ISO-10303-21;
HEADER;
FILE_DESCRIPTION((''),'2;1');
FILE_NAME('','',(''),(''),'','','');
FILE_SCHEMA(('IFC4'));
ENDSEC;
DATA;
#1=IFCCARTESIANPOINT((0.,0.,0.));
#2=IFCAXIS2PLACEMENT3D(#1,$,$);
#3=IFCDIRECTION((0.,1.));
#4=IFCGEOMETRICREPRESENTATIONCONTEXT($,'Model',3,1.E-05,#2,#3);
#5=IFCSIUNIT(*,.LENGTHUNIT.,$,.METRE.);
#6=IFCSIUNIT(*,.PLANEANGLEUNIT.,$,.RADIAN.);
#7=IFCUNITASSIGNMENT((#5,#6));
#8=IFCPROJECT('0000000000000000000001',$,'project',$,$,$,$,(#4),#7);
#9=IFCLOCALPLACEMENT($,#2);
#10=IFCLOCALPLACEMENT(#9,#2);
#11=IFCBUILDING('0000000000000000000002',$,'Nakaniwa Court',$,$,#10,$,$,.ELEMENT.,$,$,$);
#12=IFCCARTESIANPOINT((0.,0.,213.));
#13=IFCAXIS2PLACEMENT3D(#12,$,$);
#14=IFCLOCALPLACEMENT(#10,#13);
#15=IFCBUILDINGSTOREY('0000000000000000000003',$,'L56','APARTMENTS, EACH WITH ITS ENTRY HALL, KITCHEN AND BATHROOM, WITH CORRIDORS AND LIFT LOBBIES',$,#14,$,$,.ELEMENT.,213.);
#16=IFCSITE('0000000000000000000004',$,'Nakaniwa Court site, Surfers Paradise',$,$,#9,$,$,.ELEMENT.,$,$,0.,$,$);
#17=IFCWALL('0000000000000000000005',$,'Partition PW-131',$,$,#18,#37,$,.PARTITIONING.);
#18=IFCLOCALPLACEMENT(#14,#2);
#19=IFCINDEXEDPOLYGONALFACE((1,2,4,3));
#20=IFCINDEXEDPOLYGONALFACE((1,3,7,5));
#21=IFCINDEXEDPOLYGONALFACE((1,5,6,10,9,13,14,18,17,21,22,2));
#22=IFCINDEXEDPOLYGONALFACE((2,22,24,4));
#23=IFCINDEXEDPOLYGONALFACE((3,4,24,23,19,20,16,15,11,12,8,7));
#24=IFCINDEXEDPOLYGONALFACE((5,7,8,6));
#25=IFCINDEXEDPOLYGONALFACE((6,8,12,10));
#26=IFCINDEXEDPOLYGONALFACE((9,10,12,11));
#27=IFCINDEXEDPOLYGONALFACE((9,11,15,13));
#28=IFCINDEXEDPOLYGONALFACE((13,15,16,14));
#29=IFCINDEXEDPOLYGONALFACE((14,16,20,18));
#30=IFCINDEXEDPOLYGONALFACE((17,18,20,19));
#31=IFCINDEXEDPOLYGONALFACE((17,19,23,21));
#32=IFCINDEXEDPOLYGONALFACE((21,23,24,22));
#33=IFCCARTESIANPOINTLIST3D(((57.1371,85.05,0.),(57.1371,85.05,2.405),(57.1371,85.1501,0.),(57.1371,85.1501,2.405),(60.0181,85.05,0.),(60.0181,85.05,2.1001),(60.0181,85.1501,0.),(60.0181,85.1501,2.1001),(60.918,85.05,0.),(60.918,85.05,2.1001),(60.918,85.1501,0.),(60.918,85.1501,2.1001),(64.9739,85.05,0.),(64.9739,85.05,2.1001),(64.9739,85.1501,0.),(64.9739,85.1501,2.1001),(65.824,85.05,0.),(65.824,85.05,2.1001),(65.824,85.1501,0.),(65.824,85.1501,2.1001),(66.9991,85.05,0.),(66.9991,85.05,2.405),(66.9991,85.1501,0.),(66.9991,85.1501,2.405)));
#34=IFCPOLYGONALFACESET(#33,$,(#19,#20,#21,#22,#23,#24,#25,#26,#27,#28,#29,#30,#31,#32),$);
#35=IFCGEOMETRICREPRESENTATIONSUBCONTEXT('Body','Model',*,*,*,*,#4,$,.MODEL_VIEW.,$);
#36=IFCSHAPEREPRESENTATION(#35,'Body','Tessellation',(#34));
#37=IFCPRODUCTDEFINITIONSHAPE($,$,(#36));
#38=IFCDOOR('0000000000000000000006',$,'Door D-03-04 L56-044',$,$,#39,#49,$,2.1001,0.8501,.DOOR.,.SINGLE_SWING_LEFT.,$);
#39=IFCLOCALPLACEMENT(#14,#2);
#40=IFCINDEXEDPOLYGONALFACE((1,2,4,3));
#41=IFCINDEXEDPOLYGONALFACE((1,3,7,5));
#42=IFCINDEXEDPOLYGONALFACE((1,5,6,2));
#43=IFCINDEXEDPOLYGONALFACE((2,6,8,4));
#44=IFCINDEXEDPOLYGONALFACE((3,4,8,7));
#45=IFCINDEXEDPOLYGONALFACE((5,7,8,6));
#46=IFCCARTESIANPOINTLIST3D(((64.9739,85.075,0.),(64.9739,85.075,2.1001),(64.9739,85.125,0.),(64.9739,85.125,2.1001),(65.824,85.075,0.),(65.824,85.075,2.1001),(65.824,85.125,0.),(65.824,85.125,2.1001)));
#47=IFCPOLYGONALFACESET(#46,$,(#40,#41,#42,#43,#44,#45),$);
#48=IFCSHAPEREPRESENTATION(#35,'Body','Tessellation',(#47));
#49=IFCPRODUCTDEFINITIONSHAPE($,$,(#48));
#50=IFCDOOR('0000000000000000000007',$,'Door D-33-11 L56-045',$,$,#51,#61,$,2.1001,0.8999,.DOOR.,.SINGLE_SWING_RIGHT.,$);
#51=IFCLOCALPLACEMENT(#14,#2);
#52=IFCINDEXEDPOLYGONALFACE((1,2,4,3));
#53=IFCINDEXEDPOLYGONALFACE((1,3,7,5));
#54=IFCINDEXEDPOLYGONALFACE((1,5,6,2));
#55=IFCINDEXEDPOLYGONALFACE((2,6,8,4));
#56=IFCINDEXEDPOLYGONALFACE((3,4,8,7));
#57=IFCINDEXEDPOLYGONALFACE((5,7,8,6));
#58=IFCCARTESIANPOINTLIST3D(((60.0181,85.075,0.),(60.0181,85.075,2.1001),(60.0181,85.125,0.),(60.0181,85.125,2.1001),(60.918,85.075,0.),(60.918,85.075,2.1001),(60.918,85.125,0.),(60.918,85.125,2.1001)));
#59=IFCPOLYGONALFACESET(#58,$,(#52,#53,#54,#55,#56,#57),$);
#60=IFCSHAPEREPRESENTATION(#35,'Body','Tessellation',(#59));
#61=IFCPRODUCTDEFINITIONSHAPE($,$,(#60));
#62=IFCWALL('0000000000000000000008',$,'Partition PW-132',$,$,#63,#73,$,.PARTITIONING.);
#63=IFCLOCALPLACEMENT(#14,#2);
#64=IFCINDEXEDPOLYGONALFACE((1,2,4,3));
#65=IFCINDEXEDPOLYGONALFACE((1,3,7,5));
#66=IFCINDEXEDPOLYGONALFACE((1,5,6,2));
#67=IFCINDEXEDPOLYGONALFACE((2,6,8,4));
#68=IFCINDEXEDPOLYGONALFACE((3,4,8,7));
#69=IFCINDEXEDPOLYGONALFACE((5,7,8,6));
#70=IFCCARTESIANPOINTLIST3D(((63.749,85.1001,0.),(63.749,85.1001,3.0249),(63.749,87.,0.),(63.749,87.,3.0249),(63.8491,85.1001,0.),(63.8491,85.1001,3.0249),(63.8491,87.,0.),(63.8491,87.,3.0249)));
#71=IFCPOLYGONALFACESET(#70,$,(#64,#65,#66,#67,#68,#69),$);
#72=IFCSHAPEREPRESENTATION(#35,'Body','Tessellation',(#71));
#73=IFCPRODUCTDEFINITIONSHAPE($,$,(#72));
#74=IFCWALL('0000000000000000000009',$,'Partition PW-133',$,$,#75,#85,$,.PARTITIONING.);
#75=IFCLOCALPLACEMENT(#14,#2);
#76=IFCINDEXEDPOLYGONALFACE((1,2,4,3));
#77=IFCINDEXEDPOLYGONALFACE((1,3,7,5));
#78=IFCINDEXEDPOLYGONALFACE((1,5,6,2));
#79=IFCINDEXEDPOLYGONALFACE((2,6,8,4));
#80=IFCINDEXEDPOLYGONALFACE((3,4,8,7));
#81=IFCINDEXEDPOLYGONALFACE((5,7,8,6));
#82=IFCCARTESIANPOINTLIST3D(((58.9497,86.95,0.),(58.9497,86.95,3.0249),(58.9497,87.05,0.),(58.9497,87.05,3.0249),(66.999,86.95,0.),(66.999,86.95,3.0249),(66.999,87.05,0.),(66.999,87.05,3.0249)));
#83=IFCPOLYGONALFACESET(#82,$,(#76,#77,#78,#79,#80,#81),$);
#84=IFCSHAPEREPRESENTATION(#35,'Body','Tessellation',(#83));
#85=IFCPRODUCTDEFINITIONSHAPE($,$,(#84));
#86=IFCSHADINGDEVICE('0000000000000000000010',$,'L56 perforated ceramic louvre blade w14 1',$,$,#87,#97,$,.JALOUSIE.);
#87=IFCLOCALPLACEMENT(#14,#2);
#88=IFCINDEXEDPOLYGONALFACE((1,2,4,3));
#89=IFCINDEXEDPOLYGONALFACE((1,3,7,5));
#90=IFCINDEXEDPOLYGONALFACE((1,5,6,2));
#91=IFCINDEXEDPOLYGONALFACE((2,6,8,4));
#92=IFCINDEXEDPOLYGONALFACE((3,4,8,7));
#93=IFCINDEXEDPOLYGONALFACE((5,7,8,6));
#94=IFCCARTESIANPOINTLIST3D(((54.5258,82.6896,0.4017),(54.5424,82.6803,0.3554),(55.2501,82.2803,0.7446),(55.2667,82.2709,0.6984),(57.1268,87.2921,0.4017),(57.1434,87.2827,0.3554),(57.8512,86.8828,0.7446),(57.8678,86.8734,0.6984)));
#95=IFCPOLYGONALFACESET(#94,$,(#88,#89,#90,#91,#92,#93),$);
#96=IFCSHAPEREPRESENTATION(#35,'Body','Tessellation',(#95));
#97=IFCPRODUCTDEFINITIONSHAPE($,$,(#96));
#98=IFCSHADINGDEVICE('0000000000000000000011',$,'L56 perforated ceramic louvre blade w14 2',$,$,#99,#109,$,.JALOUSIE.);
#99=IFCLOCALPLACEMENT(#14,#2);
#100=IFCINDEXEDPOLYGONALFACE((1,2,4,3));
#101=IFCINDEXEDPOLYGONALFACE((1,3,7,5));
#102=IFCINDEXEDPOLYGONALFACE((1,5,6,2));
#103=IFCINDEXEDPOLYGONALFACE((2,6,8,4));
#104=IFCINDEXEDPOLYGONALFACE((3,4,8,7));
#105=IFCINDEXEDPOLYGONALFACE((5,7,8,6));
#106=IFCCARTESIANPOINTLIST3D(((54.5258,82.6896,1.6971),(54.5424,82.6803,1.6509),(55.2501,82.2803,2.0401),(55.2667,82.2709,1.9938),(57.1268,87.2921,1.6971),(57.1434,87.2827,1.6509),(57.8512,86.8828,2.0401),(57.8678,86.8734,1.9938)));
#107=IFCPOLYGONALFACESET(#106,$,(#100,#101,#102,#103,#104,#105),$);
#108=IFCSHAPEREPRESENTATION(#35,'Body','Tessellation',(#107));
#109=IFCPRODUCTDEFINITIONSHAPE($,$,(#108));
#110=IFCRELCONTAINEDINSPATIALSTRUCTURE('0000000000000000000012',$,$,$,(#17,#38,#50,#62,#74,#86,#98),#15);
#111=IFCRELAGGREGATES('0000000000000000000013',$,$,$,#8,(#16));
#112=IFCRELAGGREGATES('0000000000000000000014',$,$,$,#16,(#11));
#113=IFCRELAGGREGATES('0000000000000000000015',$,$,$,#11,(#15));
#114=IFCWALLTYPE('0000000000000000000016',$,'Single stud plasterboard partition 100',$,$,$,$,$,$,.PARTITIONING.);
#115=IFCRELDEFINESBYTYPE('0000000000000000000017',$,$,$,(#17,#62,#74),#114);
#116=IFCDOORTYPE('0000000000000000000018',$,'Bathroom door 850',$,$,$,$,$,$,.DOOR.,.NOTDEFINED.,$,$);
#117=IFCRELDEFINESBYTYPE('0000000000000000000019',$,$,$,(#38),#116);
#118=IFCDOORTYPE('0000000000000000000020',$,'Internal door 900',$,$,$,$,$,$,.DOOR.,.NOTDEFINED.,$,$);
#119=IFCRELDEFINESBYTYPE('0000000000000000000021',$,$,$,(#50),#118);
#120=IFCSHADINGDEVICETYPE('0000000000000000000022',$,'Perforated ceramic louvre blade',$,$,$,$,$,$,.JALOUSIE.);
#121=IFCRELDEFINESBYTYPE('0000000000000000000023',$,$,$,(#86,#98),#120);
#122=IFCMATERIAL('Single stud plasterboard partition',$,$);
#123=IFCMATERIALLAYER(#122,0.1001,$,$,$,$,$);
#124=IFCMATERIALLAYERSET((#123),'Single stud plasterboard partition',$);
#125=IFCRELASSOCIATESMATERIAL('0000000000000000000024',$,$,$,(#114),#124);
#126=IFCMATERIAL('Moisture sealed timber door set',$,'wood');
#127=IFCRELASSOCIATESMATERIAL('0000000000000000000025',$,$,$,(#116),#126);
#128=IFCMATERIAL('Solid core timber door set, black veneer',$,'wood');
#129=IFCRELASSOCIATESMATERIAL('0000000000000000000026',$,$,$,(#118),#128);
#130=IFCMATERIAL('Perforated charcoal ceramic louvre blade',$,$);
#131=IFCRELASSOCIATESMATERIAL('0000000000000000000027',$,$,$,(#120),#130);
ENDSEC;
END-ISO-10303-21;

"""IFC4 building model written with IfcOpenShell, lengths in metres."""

from ifc_helpers import new_model, si_unit, direction, frame, frame_2d, origin, origin_2d, place, context, subcontext, project, spatial, rectangle, extrude, material, layer, layer_set, material_profile, profile_set, type_object, element, fill, save


model = new_model("IFC4")

# Units and contexts
model_context = context("Model", 3, precision=1e-05, world=origin(), true_north=direction((0.0, 1.0)))
body_context = subcontext(model_context, "Body", "Model", "MODEL_VIEW")
ifc_project = project(units=[si_unit("LENGTHUNIT", "METRE"), si_unit("PLANEANGLEUNIT", "RADIAN")], contexts=[model_context])

# Site, building, storey
site_placement = place(None, origin())
site = spatial("IfcSite", under=ifc_project, at=site_placement, Name="Nakaniwa Court site, Surfers Paradise", CompositionType="ELEMENT", RefElevation=0.0)
building_placement = place(site_placement, origin())
building = spatial("IfcBuilding", under=site, at=building_placement, Name="Nakaniwa Court", CompositionType="ELEMENT")
storey_placement = place(building_placement, frame((0.0, 0.0, 213.0)))
storey = spatial("IfcBuildingStorey", under=building, at=storey_placement, Name="L56", Description="APARTMENTS, EACH WITH ITS ENTRY HALL, KITCHEN AND BATHROOM, WITH CORRIDORS AND LIFT LOBBIES", CompositionType="ELEMENT", Elevation=213.0)

# Wall, openings, doors
ifc_material_1 = material(Name="Single stud plasterboard partition")
ifc_layer_1 = layer(ifc_material_1, 0.1001)
ifc_layer_set_1 = layer_set([ifc_layer_1], Name="Single stud plasterboard partition")
wall_type_1 = type_object("IfcWallType", Name="Single stud plasterboard partition 100", PredefinedType="PARTITIONING", material=ifc_layer_set_1)
wall_1_placement = place(storey_placement, frame((57.137, 85.1001, 0.0), z_axis=(0.0, 0.0, 1.0), x_axis=(1.0, 0.0, 0.0)))
wall_1 = element("IfcWall", 1, at=wall_1_placement, inside=storey, type_object=wall_type_1, Name="Partition PW-131", PredefinedType="PARTITIONING", context=body_context, shape_type="SweptSolid", body=[
    extrude(rectangle(XDim=9.8621, YDim=0.1001, at=frame_2d((4.9312, 0.0))), origin(), (0.0, 0.0, 1.0), 2.405),
])
opening_1_placement = place(wall_1_placement, frame((7.8369, 0.0, 0.0)))
opening_1 = element("IfcOpeningElement", 2, at=opening_1_placement, cuts=wall_1, PredefinedType="OPENING", context=body_context, shape_type="SweptSolid", body=[
    extrude(rectangle(XDim=0.8501, YDim=2.1001, at=frame_2d((0.425, 1.05))), frame((0.0, 0.0601, 0.0), z_axis=(0.0, -1.0, 0.0), x_axis=(1.0, 0.0, 0.0)), (0.0, 0.0, 1.0), 0.1201),
])
opening_2_placement = place(wall_1_placement, frame((2.8811, 0.0, 0.0)))
opening_2 = element("IfcOpeningElement", 3, at=opening_2_placement, cuts=wall_1, PredefinedType="OPENING", context=body_context, shape_type="SweptSolid", body=[
    extrude(rectangle(XDim=0.8999, YDim=2.1001, at=frame_2d((0.45, 1.05))), frame((0.0, 0.0601, 0.0), z_axis=(0.0, -1.0, 0.0), x_axis=(1.0, 0.0, 0.0)), (0.0, 0.0, 1.0), 0.1201),
])
ifc_material_2 = material(Name="Moisture sealed timber door set", Category="wood")
door_type_1 = type_object("IfcDoorType", Name="Bathroom door 850", OperationType="NOTDEFINED", PredefinedType="DOOR", material=ifc_material_2)
door_1_placement = place(opening_1_placement, origin())
door_1 = element("IfcDoor", 4, at=door_1_placement, inside=storey, type_object=door_type_1, Name="Door D-03-04 L56-044", OperationType="SINGLE_SWING_LEFT", OverallHeight=2.1001, OverallWidth=0.8501, PredefinedType="DOOR", context=body_context, shape_type="SweptSolid", body=[
    extrude(rectangle(XDim=0.8501, YDim=2.1001, at=frame_2d((0.425, 1.05))), frame((0.0, 0.0249, 0.0), z_axis=(0.0, -1.0, 0.0), x_axis=(1.0, 0.0, 0.0)), (0.0, 0.0, 1.0), 0.05),
])
fill(opening_1, door_1)
ifc_material_3 = material(Name="Solid core timber door set, black veneer", Category="wood")
door_type_2 = type_object("IfcDoorType", Name="Internal door 900", OperationType="NOTDEFINED", PredefinedType="DOOR", material=ifc_material_3)
door_2_placement = place(opening_2_placement, origin())
door_2 = element("IfcDoor", 5, at=door_2_placement, inside=storey, type_object=door_type_2, Name="Door D-33-11 L56-045", OperationType="SINGLE_SWING_RIGHT", OverallHeight=2.1001, OverallWidth=0.8999, PredefinedType="DOOR", context=body_context, shape_type="SweptSolid", body=[
    extrude(rectangle(XDim=0.8999, YDim=2.1001, at=frame_2d((0.45, 1.05))), frame((0.0, 0.0249, 0.0), z_axis=(0.0, -1.0, 0.0), x_axis=(1.0, 0.0, 0.0)), (0.0, 0.0, 1.0), 0.05),
])
fill(opening_2, door_2)

# Walls
wall_2_placement = place(storey_placement, frame((63.7991, 85.1001, 0.0), z_axis=(0.0, 0.0, 1.0), x_axis=(0.0, 1.0, 0.0)))
element("IfcWall", 6, at=wall_2_placement, inside=storey, type_object=wall_type_1, Name="Partition PW-132", PredefinedType="PARTITIONING", context=body_context, shape_type="SweptSolid", body=[
    extrude(rectangle(XDim=1.8999, YDim=0.1001, at=frame_2d((0.95, 0.0))), origin(), (0.0, 0.0, 1.0), 3.0249),
])
wall_3_placement = place(storey_placement, frame((58.9497, 87.0, 0.0), z_axis=(0.0, 0.0, 1.0), x_axis=(1.0, 0.0, 0.0)))
element("IfcWall", 7, at=wall_3_placement, inside=storey, type_object=wall_type_1, Name="Partition PW-133", PredefinedType="PARTITIONING", context=body_context, shape_type="SweptSolid", body=[
    extrude(rectangle(XDim=8.0493, YDim=0.1001, at=frame_2d((4.0247, 0.0))), origin(), (0.0, 0.0, 1.0), 3.0249),
])

# Shading devices
ifc_material_4 = material(Name="Perforated charcoal ceramic louvre blade")
ifc_material_profile_1 = material_profile(ifc_material_4, rectangle(XDim=0.8999, YDim=0.05, at=origin_2d()), Name="Perforated ceramic louvre blade")
ifc_profile_set_1 = profile_set([ifc_material_profile_1], Name="Perforated charcoal ceramic louvre blade")
shading_device_type = type_object("IfcShadingDeviceType", Name="Perforated ceramic louvre blade", PredefinedType="JALOUSIE", material=ifc_profile_set_1)
for number, where, z_axis, x_axis, name in (
    (8, (57.4973, 87.0828, 0.55), (-0.492006, -0.870592, 0.0), (0.804902, -0.454882, 0.38107), "L56 perforated ceramic louvre blade w14 1"),
    (9, (57.4973, 87.0828, 1.8455), (-0.492006, -0.870592, 0.0), (0.804902, -0.454882, 0.38107), "L56 perforated ceramic louvre blade w14 2"),
):
    element("IfcShadingDevice", number, at=place(storey_placement, frame(where, z_axis=z_axis, x_axis=x_axis)), inside=storey, type_object=shading_device_type, Name=name, PredefinedType="JALOUSIE", context=body_context, shape_type="SweptSolid", body=[
        extrude(rectangle(XDim=0.8999, YDim=0.05, at=origin_2d()), origin(), (0.0, 0.0, 1.0), 5.2866),
    ])

save(model, "model.ifc")
